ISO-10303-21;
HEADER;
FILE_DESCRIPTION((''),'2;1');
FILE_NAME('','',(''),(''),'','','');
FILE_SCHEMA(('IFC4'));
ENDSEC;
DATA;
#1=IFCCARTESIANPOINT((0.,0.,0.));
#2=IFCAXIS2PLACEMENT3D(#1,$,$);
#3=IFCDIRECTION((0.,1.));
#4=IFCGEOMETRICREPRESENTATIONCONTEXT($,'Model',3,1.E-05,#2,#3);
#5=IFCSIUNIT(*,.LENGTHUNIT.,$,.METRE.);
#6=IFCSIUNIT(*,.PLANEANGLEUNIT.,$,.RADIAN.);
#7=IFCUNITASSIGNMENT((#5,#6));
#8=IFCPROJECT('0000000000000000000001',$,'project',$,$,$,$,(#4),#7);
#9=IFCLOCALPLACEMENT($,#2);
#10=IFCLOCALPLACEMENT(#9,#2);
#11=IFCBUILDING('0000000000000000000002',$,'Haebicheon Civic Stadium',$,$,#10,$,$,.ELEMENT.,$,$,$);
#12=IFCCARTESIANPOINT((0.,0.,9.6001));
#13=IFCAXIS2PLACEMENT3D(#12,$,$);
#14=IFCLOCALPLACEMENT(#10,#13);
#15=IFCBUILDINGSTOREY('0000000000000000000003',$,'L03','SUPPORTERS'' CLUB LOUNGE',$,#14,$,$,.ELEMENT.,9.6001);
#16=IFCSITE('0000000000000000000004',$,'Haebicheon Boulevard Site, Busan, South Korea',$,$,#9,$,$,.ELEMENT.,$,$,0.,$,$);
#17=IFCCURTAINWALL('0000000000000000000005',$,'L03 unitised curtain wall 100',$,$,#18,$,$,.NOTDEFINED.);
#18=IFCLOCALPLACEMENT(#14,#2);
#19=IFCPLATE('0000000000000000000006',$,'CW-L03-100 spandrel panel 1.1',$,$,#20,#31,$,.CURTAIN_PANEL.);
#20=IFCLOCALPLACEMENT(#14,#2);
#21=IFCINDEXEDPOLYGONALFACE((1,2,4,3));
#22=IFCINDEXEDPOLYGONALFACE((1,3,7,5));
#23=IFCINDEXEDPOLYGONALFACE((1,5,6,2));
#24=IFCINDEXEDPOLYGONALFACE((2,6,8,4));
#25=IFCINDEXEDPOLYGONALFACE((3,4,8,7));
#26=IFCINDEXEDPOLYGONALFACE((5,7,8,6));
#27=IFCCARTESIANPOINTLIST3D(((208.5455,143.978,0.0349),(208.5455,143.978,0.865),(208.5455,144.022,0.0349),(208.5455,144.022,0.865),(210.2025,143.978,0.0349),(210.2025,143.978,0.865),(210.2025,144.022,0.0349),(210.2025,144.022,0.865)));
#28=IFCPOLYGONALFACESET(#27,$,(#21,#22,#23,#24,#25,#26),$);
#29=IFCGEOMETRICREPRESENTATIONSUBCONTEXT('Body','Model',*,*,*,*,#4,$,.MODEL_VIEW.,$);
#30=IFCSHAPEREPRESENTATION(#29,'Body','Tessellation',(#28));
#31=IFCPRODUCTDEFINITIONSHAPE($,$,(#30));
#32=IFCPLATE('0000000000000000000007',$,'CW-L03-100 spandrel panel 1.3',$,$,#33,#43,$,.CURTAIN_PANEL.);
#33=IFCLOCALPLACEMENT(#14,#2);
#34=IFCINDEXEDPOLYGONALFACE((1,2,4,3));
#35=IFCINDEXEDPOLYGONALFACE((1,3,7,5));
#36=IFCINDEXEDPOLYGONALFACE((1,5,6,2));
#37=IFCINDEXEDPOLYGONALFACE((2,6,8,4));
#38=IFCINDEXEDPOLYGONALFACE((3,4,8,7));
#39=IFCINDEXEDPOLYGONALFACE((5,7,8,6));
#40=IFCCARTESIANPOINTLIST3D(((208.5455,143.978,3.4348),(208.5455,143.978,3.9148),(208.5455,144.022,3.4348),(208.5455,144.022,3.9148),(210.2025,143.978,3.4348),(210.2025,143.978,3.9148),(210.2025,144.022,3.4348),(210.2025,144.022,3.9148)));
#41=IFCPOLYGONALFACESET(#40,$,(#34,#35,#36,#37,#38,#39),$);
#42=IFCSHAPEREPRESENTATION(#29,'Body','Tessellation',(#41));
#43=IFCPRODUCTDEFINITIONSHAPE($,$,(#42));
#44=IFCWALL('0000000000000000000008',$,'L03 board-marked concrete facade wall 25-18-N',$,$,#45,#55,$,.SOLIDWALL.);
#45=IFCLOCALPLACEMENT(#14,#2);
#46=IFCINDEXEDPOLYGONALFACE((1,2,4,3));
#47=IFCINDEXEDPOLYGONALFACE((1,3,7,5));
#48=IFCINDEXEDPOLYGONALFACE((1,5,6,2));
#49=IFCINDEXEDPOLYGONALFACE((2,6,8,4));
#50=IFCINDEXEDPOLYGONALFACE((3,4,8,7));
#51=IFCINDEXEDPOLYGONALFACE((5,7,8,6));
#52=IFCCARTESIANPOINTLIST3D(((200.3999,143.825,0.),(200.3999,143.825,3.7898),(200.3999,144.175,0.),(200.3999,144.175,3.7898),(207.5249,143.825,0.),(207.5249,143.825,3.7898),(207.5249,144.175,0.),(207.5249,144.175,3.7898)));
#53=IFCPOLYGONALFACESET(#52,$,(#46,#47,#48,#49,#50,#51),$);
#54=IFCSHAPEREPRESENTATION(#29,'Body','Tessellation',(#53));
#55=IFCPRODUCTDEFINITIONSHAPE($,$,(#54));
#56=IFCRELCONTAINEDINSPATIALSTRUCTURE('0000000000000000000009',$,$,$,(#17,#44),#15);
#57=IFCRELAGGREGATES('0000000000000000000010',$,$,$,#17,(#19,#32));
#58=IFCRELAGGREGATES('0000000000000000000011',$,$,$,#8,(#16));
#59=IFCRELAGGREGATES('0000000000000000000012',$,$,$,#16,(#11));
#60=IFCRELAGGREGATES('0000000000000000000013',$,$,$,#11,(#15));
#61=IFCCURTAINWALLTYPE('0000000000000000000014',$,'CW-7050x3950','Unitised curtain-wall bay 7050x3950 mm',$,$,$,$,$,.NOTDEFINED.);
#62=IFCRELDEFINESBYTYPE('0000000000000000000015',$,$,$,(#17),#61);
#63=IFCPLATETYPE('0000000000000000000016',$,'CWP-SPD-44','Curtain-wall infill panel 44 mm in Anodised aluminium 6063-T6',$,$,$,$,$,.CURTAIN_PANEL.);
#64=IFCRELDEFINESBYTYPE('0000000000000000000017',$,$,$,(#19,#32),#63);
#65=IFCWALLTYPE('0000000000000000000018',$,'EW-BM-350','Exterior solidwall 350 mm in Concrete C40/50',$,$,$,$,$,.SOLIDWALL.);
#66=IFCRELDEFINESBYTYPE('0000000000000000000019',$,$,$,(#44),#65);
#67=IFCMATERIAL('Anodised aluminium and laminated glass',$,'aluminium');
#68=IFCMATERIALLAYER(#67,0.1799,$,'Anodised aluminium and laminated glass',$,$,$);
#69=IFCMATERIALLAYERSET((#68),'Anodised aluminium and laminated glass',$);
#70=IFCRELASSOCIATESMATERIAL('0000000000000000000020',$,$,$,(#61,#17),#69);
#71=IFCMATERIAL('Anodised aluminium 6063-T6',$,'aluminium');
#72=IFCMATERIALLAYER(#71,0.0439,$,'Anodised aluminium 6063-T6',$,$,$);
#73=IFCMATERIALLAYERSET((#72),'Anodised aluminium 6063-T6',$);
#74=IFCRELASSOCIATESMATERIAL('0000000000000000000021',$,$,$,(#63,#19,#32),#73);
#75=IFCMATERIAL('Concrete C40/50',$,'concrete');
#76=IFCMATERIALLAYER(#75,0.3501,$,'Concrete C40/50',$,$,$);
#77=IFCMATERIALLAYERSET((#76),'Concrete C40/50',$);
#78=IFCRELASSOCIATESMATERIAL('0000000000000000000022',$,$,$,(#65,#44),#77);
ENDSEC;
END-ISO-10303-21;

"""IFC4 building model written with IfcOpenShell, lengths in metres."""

from ifc_helpers import new_model, si_unit, direction, frame, frame_2d, origin, origin_2d, place, context, subcontext, project, spatial, rectangle, extrude, material, layer, layer_set, type_object, element, aggregate, save


model = new_model("IFC4")

# Units and contexts
model_context = context("Model", 3, precision=1e-05, world=origin(), true_north=direction((0.0, 1.0)))
body_context = subcontext(model_context, "Body", "Model", "MODEL_VIEW")
ifc_project = project(units=[si_unit("LENGTHUNIT", "METRE"), si_unit("PLANEANGLEUNIT", "RADIAN")], contexts=[model_context])

# Site, building, storey
site_placement = place(None, origin())
site = spatial("IfcSite", under=ifc_project, at=site_placement, Name="Haebicheon Boulevard Site, Busan, South Korea", CompositionType="ELEMENT", RefElevation=0.0)
building_placement = place(site_placement, origin())
building = spatial("IfcBuilding", under=site, at=building_placement, Name="Haebicheon Civic Stadium", CompositionType="ELEMENT")
storey_placement = place(building_placement, frame((0.0, 0.0, 9.6001)))
storey = spatial("IfcBuildingStorey", under=building, at=storey_placement, Name="L03", Description="SUPPORTERS' CLUB LOUNGE", CompositionType="ELEMENT", Elevation=9.6001)

# Curtain wall
ifc_material_1 = material(Name="Anodised aluminium and laminated glass", Category="aluminium")
ifc_layer_1 = layer(ifc_material_1, 0.1799, Name="Anodised aluminium and laminated glass")
ifc_layer_set_1 = layer_set([ifc_layer_1], Name="Anodised aluminium and laminated glass")
curtain_wall_type_1 = type_object("IfcCurtainWallType", Name="CW-7050x3950", Description="Unitised curtain-wall bay 7050x3950 mm", PredefinedType="NOTDEFINED", material=ifc_layer_set_1)
curtain_wall_1_placement = place(storey_placement, origin())
curtain_wall_1 = element("IfcCurtainWall", 1, at=curtain_wall_1_placement, inside=storey, type_object=curtain_wall_type_1, material=ifc_layer_set_1, Name="L03 unitised curtain wall 100", PredefinedType="NOTDEFINED")

# Plates
ifc_material_2 = material(Name="Anodised aluminium 6063-T6", Category="aluminium")
ifc_layer_2 = layer(ifc_material_2, 0.0439, Name="Anodised aluminium 6063-T6")
ifc_layer_set_2 = layer_set([ifc_layer_2], Name="Anodised aluminium 6063-T6")
plate_type_1 = type_object("IfcPlateType", Name="CWP-SPD-44", Description="Curtain-wall infill panel 44 mm in Anodised aluminium 6063-T6", PredefinedType="CURTAIN_PANEL", material=ifc_layer_set_2)
plate_1_placement = place(storey_placement, frame((209.374, 144.0, 0.0349), z_axis=(0.0, 0.0, 1.0), x_axis=(1.0, 0.0, 0.0)))
plate_1 = element("IfcPlate", 2, at=plate_1_placement, type_object=plate_type_1, material=ifc_layer_set_2, Name="CW-L03-100 spandrel panel 1.1", PredefinedType="CURTAIN_PANEL", context=body_context, shape_type="SweptSolid", body=[
    extrude(rectangle(XDim=1.657, YDim=0.0439, at=origin_2d()), origin(), (0.0, 0.0, 1.0), 0.8301),
])
plate_2_placement = place(storey_placement, frame((209.374, 144.0, 3.4348), z_axis=(0.0, 0.0, 1.0), x_axis=(1.0, 0.0, 0.0)))
plate_2 = element("IfcPlate", 3, at=plate_2_placement, type_object=plate_type_1, material=ifc_layer_set_2, Name="CW-L03-100 spandrel panel 1.3", PredefinedType="CURTAIN_PANEL", context=body_context, shape_type="SweptSolid", body=[
    extrude(rectangle(XDim=1.657, YDim=0.0439, at=origin_2d()), origin(), (0.0, 0.0, 1.0), 0.48),
])
aggregate(curtain_wall_1, [plate_1, plate_2])

# Wall
ifc_material_3 = material(Name="Concrete C40/50", Category="concrete")
ifc_layer_3 = layer(ifc_material_3, 0.3501, Name="Concrete C40/50")
ifc_layer_set_3 = layer_set([ifc_layer_3], Name="Concrete C40/50")
wall_type = type_object("IfcWallType", Name="EW-BM-350", Description="Exterior solidwall 350 mm in Concrete C40/50", PredefinedType="SOLIDWALL", material=ifc_layer_set_3)
wall_placement = place(storey_placement, frame((200.3999, 144.0, 0.0), z_axis=(0.0, 0.0, 1.0), x_axis=(1.0, 0.0, 0.0)))
element("IfcWall", 4, at=wall_placement, inside=storey, type_object=wall_type, material=ifc_layer_set_3, Name="L03 board-marked concrete facade wall 25-18-N", PredefinedType="SOLIDWALL", context=body_context, shape_type="SweptSolid", body=[
    extrude(rectangle(XDim=7.125, YDim=0.3501, at=frame_2d((3.5625, 0.0))), origin(), (0.0, 0.0, 1.0), 3.7898),
])

save(model, "model.ifc")
